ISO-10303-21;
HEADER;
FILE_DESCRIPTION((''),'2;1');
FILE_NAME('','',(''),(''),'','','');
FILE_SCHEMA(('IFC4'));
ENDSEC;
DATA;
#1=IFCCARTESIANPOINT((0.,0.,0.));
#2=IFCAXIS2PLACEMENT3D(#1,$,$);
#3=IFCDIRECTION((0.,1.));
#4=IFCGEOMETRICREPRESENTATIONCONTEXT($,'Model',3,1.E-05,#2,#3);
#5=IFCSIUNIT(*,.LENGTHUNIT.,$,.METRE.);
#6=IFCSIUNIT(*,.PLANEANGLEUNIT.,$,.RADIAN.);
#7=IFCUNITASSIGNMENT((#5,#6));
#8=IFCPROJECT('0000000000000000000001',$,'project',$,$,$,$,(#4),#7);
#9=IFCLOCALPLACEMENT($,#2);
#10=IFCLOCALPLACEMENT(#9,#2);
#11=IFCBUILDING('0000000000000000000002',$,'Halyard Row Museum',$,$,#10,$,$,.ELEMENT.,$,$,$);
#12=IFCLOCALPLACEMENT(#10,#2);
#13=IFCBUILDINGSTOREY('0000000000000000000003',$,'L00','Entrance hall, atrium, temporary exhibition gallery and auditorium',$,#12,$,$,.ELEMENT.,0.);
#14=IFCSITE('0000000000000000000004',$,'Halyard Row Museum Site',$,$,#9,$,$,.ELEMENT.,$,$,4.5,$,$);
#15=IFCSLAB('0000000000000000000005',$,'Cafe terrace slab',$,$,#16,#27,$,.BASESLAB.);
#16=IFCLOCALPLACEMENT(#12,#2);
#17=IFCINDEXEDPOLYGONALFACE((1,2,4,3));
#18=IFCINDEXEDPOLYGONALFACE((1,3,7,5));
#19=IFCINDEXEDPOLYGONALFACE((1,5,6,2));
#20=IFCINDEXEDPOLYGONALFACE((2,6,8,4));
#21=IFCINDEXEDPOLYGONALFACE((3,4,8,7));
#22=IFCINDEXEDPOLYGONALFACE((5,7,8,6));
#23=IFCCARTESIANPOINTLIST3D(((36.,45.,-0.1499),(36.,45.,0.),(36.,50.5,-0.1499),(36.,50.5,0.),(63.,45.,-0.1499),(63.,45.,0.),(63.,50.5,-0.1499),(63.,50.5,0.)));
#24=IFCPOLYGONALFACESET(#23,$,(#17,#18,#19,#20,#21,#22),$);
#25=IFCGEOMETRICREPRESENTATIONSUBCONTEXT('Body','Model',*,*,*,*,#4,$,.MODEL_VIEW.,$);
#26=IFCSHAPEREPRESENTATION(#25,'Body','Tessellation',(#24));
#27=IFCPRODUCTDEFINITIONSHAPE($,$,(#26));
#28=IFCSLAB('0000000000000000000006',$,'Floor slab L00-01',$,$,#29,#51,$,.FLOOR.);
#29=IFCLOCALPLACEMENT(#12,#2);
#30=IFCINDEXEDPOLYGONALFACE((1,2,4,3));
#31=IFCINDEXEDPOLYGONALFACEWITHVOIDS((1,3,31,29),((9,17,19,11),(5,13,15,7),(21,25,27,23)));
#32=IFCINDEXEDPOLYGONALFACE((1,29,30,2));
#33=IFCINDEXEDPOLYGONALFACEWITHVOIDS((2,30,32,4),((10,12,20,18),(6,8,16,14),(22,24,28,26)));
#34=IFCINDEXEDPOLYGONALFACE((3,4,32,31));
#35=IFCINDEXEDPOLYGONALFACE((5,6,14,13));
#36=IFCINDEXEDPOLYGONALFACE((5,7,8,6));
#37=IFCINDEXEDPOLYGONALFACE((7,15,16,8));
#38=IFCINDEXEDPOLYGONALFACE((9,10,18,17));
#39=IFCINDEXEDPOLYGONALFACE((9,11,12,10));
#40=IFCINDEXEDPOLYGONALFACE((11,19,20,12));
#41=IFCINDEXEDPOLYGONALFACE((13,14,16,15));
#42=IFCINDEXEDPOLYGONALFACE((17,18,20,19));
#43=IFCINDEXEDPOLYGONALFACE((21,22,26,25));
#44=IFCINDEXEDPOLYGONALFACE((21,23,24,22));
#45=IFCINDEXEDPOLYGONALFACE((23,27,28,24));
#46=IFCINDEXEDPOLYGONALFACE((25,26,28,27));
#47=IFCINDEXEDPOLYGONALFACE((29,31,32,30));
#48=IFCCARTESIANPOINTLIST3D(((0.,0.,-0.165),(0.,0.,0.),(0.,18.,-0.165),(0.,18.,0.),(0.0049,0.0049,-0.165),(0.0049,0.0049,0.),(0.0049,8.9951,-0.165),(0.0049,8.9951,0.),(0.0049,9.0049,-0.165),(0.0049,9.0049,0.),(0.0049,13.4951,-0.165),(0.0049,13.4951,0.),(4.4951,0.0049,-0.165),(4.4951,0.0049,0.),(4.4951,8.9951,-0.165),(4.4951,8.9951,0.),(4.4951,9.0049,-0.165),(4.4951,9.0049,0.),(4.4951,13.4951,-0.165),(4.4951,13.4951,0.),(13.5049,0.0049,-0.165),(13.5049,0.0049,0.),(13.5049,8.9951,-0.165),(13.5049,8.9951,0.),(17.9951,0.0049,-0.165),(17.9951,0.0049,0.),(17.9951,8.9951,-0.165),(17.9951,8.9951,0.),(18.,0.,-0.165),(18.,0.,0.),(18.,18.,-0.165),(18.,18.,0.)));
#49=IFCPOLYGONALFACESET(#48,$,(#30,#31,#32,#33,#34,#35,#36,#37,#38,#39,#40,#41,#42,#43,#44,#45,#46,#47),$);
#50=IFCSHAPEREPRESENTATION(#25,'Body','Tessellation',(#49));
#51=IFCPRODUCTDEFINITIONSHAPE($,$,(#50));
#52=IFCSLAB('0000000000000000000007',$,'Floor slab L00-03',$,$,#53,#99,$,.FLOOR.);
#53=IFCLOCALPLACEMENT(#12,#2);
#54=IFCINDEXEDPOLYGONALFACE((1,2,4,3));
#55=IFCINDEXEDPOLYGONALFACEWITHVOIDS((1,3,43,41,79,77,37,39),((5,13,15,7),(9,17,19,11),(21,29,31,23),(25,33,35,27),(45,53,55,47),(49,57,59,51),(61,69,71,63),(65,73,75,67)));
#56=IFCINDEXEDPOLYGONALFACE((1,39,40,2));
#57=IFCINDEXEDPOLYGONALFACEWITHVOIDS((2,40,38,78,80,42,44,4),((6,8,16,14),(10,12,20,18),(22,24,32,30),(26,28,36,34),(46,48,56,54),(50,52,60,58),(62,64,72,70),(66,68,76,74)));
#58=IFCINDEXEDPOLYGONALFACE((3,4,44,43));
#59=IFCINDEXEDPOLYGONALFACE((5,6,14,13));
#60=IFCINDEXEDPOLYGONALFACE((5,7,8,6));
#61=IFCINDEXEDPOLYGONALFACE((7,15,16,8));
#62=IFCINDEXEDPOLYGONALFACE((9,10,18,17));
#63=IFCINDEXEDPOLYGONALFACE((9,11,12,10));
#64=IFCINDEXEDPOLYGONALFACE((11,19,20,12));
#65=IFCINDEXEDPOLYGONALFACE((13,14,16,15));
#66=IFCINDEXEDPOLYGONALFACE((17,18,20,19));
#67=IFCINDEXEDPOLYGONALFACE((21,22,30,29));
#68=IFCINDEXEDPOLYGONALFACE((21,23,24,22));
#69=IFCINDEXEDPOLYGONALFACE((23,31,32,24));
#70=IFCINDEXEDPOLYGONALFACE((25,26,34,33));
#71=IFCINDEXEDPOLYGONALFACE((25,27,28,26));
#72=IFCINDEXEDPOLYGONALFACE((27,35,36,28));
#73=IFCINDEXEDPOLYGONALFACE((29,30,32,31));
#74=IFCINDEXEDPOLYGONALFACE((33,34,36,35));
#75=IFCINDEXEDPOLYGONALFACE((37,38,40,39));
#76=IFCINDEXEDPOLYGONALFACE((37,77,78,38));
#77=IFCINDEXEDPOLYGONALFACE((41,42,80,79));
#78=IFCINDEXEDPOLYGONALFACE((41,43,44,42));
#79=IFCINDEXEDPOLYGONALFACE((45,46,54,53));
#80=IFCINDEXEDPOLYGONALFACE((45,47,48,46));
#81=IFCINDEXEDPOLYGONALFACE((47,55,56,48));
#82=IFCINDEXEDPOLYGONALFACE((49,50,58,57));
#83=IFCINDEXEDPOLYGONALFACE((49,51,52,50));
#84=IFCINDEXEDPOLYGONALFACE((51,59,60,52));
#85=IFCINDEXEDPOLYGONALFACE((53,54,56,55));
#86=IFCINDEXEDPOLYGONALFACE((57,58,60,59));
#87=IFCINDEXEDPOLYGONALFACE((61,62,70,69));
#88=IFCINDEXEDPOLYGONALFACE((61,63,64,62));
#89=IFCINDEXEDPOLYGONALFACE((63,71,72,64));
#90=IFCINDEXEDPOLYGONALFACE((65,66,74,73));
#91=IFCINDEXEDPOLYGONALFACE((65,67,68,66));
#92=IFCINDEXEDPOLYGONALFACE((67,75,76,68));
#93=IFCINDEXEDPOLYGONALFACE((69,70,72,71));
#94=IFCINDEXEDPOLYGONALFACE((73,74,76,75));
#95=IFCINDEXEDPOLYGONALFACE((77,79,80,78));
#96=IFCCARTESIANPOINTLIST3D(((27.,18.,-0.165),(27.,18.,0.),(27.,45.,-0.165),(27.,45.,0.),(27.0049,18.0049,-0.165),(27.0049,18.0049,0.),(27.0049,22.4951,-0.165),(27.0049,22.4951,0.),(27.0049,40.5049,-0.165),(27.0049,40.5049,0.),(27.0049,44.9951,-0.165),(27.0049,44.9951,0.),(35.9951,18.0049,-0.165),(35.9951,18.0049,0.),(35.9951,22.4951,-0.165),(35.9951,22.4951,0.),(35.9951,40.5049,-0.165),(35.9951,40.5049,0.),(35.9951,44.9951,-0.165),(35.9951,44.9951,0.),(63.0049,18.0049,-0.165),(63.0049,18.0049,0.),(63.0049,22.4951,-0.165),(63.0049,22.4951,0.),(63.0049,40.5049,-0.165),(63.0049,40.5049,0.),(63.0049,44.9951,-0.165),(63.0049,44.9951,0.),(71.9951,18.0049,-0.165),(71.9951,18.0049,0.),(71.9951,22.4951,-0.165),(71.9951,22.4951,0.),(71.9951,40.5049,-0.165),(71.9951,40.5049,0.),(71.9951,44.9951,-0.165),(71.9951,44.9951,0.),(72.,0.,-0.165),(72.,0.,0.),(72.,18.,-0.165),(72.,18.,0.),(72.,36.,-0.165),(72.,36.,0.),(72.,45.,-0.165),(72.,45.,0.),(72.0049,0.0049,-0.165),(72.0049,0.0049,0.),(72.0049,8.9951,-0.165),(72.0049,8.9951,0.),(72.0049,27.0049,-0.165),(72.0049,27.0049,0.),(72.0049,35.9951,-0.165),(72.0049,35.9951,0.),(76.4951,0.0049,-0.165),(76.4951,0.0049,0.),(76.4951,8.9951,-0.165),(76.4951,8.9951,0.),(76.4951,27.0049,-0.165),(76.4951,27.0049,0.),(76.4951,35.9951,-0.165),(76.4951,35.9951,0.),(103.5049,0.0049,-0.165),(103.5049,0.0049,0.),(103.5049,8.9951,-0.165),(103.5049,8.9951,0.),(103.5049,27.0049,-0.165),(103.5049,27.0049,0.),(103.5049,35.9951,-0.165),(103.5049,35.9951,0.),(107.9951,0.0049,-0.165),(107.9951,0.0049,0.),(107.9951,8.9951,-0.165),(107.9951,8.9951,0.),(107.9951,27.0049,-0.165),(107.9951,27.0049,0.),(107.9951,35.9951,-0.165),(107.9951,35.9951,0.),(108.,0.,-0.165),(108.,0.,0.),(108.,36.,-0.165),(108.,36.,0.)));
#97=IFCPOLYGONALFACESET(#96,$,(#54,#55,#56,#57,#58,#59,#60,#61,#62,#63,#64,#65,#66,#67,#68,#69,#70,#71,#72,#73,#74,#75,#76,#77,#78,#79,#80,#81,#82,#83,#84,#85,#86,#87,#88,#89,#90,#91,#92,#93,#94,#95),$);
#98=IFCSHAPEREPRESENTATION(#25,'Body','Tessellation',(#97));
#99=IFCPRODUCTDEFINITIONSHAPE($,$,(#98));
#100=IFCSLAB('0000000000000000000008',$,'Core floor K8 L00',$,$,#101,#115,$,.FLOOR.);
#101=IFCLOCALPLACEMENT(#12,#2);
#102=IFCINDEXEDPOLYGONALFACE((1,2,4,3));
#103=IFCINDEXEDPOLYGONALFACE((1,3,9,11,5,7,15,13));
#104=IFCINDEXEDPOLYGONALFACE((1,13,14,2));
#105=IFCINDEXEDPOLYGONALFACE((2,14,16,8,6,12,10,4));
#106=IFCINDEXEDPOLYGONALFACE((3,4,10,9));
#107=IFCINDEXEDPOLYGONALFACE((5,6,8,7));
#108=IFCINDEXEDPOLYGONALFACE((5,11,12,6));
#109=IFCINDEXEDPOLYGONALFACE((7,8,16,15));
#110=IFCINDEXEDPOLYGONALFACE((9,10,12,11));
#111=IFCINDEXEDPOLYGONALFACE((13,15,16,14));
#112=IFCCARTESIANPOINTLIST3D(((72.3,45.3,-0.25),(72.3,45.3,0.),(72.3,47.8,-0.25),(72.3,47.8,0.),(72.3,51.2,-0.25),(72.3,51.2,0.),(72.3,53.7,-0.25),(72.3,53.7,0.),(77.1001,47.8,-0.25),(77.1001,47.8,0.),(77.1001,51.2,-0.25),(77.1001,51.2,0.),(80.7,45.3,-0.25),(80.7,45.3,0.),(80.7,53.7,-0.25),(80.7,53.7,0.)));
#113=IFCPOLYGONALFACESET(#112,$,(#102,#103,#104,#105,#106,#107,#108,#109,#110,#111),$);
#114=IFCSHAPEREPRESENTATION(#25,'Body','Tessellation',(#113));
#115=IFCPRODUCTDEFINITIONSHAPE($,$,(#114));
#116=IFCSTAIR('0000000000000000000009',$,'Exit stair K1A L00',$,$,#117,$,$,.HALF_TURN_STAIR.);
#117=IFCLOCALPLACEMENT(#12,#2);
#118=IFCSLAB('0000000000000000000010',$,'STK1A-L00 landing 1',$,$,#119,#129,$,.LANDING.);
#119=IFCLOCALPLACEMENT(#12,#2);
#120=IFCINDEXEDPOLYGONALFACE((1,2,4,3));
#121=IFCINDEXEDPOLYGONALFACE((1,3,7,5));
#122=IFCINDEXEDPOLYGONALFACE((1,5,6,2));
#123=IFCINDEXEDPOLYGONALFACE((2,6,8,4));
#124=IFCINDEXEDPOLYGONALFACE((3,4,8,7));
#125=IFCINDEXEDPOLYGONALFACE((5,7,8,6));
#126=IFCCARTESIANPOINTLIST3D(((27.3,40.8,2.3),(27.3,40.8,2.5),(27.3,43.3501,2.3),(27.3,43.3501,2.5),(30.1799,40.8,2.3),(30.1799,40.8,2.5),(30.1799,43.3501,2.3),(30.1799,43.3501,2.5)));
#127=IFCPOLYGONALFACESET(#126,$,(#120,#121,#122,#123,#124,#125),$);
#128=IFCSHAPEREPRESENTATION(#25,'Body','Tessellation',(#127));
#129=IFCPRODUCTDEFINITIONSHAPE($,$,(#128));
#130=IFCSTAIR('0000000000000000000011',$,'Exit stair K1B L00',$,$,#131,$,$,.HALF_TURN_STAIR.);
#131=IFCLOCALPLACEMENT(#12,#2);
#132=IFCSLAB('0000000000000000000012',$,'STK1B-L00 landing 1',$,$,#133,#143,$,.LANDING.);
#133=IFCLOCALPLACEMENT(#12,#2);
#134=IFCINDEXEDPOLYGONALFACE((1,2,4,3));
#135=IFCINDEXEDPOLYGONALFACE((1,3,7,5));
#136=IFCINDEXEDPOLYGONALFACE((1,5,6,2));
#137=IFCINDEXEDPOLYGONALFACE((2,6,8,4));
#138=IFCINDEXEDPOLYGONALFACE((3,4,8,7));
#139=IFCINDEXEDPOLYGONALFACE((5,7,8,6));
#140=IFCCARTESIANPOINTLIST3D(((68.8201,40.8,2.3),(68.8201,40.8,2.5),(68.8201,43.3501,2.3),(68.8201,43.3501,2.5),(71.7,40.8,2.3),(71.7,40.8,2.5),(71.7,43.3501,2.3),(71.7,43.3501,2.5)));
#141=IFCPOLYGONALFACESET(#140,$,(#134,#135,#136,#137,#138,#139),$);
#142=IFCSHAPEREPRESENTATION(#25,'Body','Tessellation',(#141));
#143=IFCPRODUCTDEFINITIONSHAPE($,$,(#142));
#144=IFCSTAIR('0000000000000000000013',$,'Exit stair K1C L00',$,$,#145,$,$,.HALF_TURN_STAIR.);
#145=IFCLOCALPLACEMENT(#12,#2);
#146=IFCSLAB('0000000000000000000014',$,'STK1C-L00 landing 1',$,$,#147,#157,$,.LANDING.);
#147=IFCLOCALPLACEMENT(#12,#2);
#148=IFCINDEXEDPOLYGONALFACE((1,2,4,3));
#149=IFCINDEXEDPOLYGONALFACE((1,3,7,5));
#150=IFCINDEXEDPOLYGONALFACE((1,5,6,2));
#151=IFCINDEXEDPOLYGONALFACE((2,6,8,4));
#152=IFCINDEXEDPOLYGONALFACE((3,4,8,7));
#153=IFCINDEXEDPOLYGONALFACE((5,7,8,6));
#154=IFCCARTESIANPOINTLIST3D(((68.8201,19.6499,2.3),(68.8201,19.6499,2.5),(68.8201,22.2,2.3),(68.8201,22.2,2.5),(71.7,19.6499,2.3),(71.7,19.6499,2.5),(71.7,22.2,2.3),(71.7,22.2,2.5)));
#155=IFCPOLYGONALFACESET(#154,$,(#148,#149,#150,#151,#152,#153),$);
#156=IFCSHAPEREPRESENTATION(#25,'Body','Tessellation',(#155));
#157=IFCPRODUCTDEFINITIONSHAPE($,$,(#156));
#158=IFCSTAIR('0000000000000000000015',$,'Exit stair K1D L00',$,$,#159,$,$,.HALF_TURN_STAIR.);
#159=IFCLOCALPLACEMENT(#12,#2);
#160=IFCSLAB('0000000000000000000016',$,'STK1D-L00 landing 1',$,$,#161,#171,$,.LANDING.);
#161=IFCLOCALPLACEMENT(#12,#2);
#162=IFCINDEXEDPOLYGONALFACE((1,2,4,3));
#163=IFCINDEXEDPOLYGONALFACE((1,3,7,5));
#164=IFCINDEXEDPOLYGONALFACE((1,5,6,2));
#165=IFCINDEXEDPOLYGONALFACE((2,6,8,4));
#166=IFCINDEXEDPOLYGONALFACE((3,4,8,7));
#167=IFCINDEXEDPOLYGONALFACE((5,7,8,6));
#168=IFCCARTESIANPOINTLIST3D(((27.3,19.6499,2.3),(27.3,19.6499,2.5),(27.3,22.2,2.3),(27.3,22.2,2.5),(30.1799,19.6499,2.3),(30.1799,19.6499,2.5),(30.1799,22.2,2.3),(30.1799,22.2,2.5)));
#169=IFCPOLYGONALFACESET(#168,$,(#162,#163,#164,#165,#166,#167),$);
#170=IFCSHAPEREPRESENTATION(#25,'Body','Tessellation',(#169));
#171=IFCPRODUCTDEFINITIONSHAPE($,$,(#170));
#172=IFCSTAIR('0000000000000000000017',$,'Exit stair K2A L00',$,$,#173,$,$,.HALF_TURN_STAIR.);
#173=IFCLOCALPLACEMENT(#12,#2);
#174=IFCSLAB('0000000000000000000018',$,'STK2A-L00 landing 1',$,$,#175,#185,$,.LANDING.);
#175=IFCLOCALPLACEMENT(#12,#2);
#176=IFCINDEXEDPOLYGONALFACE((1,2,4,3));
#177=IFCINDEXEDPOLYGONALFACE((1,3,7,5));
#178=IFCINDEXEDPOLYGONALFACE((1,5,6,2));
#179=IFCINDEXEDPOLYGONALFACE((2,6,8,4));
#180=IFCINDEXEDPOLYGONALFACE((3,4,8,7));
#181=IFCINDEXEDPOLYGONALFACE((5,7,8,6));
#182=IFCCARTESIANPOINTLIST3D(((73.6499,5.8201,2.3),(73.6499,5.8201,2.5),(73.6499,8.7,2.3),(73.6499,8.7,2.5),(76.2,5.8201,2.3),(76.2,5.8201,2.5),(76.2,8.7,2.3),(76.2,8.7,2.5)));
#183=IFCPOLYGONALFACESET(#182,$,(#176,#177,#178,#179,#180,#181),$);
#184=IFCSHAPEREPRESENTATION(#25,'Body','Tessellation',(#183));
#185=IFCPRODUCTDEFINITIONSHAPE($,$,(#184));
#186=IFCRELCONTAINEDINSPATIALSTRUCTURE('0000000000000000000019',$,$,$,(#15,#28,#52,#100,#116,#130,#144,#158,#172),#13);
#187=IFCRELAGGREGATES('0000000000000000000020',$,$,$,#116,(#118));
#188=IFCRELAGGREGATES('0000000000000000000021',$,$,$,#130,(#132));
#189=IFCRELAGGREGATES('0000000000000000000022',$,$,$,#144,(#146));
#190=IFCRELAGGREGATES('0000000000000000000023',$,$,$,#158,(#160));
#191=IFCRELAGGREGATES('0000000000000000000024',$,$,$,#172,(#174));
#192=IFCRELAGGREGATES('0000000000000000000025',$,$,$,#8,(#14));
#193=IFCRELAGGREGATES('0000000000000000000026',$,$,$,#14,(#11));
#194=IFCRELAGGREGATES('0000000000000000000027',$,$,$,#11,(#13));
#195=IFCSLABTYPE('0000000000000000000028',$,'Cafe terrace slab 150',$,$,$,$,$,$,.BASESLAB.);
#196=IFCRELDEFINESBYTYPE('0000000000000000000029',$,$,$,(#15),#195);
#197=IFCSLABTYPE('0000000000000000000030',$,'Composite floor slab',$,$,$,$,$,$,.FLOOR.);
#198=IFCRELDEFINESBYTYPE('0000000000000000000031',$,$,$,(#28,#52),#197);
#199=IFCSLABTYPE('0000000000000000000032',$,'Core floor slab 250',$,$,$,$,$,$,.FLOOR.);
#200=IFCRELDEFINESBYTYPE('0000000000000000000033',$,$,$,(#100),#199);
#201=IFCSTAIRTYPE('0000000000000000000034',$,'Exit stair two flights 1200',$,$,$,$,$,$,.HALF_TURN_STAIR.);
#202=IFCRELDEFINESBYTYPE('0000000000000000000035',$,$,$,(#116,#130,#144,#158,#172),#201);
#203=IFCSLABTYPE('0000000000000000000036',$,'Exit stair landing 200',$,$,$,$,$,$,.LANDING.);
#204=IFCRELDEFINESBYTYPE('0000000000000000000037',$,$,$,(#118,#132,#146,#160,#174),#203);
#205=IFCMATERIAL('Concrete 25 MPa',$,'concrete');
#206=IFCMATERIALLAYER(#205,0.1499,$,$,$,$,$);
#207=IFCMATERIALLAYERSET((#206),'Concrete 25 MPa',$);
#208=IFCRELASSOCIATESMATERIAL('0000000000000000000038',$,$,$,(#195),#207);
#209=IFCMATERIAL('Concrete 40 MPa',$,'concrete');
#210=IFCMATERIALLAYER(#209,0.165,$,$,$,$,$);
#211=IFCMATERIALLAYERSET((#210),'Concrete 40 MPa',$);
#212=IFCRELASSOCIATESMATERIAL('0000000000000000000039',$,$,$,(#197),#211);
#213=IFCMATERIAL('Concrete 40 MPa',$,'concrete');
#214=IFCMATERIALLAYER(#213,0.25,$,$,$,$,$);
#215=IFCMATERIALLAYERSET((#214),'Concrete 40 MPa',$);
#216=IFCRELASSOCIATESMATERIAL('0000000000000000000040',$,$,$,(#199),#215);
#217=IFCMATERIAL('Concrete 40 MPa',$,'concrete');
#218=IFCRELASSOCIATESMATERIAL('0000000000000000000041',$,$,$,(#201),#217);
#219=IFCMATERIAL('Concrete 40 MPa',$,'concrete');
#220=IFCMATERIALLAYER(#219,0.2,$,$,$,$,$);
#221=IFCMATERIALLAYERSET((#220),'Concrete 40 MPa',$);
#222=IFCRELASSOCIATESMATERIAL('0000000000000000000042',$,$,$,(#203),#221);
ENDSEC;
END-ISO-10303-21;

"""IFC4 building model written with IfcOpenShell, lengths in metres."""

from ifc_helpers import new_model, si_unit, direction, frame, origin, place, context, subcontext, project, spatial, polyline, outline, extrude, material, layer, layer_set, type_object, element, aggregate, save


model = new_model("IFC4")

# Units and contexts
model_context = context("Model", 3, precision=1e-05, world=origin(), true_north=direction((0.0, 1.0)))
body_context = subcontext(model_context, "Body", "Model", "MODEL_VIEW")
ifc_project = project(units=[si_unit("LENGTHUNIT", "METRE"), si_unit("PLANEANGLEUNIT", "RADIAN")], contexts=[model_context])

# Site, building, storey
site_placement = place(None, origin())
site = spatial("IfcSite", under=ifc_project, at=site_placement, Name="Halyard Row Museum Site", CompositionType="ELEMENT", RefElevation=4.5)
building_placement = place(site_placement, origin())
building = spatial("IfcBuilding", under=site, at=building_placement, Name="Halyard Row Museum", CompositionType="ELEMENT")
storey_placement = place(building_placement, origin())
storey = spatial("IfcBuildingStorey", under=building, at=storey_placement, Name="L00", Description="Entrance hall, atrium, temporary exhibition gallery and auditorium", CompositionType="ELEMENT", Elevation=0.0)

# Slabs
ifc_material_1 = material(Name="Concrete 25 MPa", Category="concrete")
ifc_layer_1 = layer(ifc_material_1, 0.1499)
ifc_layer_set_1 = layer_set([ifc_layer_1], Name="Concrete 25 MPa")
slab_type_1 = type_object("IfcSlabType", Name="Cafe terrace slab 150", PredefinedType="BASESLAB", material=ifc_layer_set_1)
slab_1_placement = place(storey_placement, frame((0.0, 0.0, -0.1499)))
element("IfcSlab", 1, at=slab_1_placement, inside=storey, type_object=slab_type_1, Name="Cafe terrace slab", PredefinedType="BASESLAB", context=body_context, shape_type="SweptSolid", body=[
    extrude(outline(polyline([(36.0, 45.0), (63.0, 45.0), (63.0, 50.5), (36.0, 50.5), (36.0, 45.0)])), origin(), (0.0, 0.0, 1.0), 0.1499),
])
ifc_material_2 = material(Name="Concrete 40 MPa", Category="concrete")
ifc_layer_2 = layer(ifc_material_2, 0.165)
ifc_layer_set_2 = layer_set([ifc_layer_2], Name="Concrete 40 MPa")
slab_type_2 = type_object("IfcSlabType", Name="Composite floor slab", PredefinedType="FLOOR", material=ifc_layer_set_2)
slab_2_placement = place(storey_placement, frame((0.0, 0.0, -0.165)))
element("IfcSlab", 2, at=slab_2_placement, inside=storey, type_object=slab_type_2, Name="Floor slab L00-01", PredefinedType="FLOOR", context=body_context, shape_type="SweptSolid", body=[
    extrude(outline(polyline([(0.0, 0.0), (18.0, 0.0), (18.0, 18.0), (0.0, 18.0), (0.0, 0.0)]), holes=[polyline([(0.0049, 0.0049), (0.0049, 8.9951), (4.4951, 8.9951), (4.4951, 0.0049), (0.0049, 0.0049)]), polyline([(13.5049, 0.0049), (13.5049, 8.9951), (17.9951, 8.9951), (17.9951, 0.0049), (13.5049, 0.0049)]), polyline([(0.0049, 9.0049), (0.0049, 13.4951), (4.4951, 13.4951), (4.4951, 9.0049), (0.0049, 9.0049)])]), origin(), (0.0, 0.0, 1.0), 0.165),
])
slab_3_placement = place(storey_placement, frame((0.0, 0.0, -0.165)))
element("IfcSlab", 3, at=slab_3_placement, inside=storey, type_object=slab_type_2, Name="Floor slab L00-03", PredefinedType="FLOOR", context=body_context, shape_type="SweptSolid", body=[
    extrude(outline(polyline([(72.0, 45.0), (27.0, 45.0), (27.0, 18.0), (72.0, 18.0), (72.0, 0.0), (108.0, 0.0), (108.0, 36.0), (72.0, 36.0), (72.0, 45.0)]), holes=[polyline([(27.0049, 18.0049), (27.0049, 22.4951), (35.9951, 22.4951), (35.9951, 18.0049), (27.0049, 18.0049)]), polyline([(27.0049, 40.5049), (27.0049, 44.9951), (35.9951, 44.9951), (35.9951, 40.5049), (27.0049, 40.5049)]), polyline([(63.0049, 40.5049), (63.0049, 44.9951), (71.9951, 44.9951), (71.9951, 40.5049), (63.0049, 40.5049)]), polyline([(72.0049, 0.0049), (72.0049, 8.9951), (76.4951, 8.9951), (76.4951, 0.0049), (72.0049, 0.0049)]), polyline([(103.5049, 0.0049), (103.5049, 8.9951), (107.9951, 8.9951), (107.9951, 0.0049), (103.5049, 0.0049)]), polyline([(63.0049, 18.0049), (63.0049, 22.4951), (71.9951, 22.4951), (71.9951, 18.0049), (63.0049, 18.0049)]), polyline([(72.0049, 27.0049), (72.0049, 35.9951), (76.4951, 35.9951), (76.4951, 27.0049), (72.0049, 27.0049)]), polyline([(103.5049, 27.0049), (103.5049, 35.9951), (107.9951, 35.9951), (107.9951, 27.0049), (103.5049, 27.0049)])]), origin(), (0.0, 0.0, 1.0), 0.165),
])
ifc_material_3 = material(Name="Concrete 40 MPa", Category="concrete")
ifc_layer_3 = layer(ifc_material_3, 0.25)
ifc_layer_set_3 = layer_set([ifc_layer_3], Name="Concrete 40 MPa")
slab_type_3 = type_object("IfcSlabType", Name="Core floor slab 250", PredefinedType="FLOOR", material=ifc_layer_set_3)
slab_4_placement = place(storey_placement, frame((0.0, 0.0, -0.25)))
element("IfcSlab", 4, at=slab_4_placement, inside=storey, type_object=slab_type_3, Name="Core floor K8 L00", PredefinedType="FLOOR", context=body_context, shape_type="SweptSolid", body=[
    extrude(outline(polyline([(80.7, 53.7), (72.3, 53.7), (72.3, 51.2), (77.1001, 51.2), (77.1001, 47.8), (72.3, 47.8), (72.3, 45.3), (80.7, 45.3), (80.7, 53.7)])), origin(), (0.0, 0.0, 1.0), 0.25),
])

# Stairs, slabs
ifc_material_4 = material(Name="Concrete 40 MPa", Category="concrete")
stair_type_1 = type_object("IfcStairType", Name="Exit stair two flights 1200", PredefinedType="HALF_TURN_STAIR", material=ifc_material_4)
stair_1_placement = place(storey_placement, origin())
stair_1 = element("IfcStair", 5, at=stair_1_placement, inside=storey, type_object=stair_type_1, Name="Exit stair K1A L00", PredefinedType="HALF_TURN_STAIR")
ifc_material_5 = material(Name="Concrete 40 MPa", Category="concrete")
ifc_layer_4 = layer(ifc_material_5, 0.2)
ifc_layer_set_4 = layer_set([ifc_layer_4], Name="Concrete 40 MPa")
slab_type_4 = type_object("IfcSlabType", Name="Exit stair landing 200", PredefinedType="LANDING", material=ifc_layer_set_4)
slab_5_placement = place(storey_placement, frame((0.0, 0.0, 2.3)))
slab_5 = element("IfcSlab", 6, at=slab_5_placement, type_object=slab_type_4, Name="STK1A-L00 landing 1", PredefinedType="LANDING", context=body_context, shape_type="SweptSolid", body=[
    extrude(outline(polyline([(30.1799, 43.3501), (30.1799, 40.8), (27.3, 40.8), (27.3, 43.3501), (30.1799, 43.3501)])), origin(), (0.0, 0.0, 1.0), 0.2),
])
aggregate(stair_1, [slab_5])
stair_2_placement = place(storey_placement, origin())
stair_2 = element("IfcStair", 7, at=stair_2_placement, inside=storey, type_object=stair_type_1, Name="Exit stair K1B L00", PredefinedType="HALF_TURN_STAIR")
slab_6_placement = place(storey_placement, frame((0.0, 0.0, 2.3)))
slab_6 = element("IfcSlab", 8, at=slab_6_placement, type_object=slab_type_4, Name="STK1B-L00 landing 1", PredefinedType="LANDING", context=body_context, shape_type="SweptSolid", body=[
    extrude(outline(polyline([(68.8201, 43.3501), (68.8201, 40.8), (71.7, 40.8), (71.7, 43.3501), (68.8201, 43.3501)])), origin(), (0.0, 0.0, 1.0), 0.2),
])
aggregate(stair_2, [slab_6])
stair_3_placement = place(storey_placement, origin())
stair_3 = element("IfcStair", 9, at=stair_3_placement, inside=storey, type_object=stair_type_1, Name="Exit stair K1C L00", PredefinedType="HALF_TURN_STAIR")
slab_7_placement = place(storey_placement, frame((0.0, 0.0, 2.3)))
slab_7 = element("IfcSlab", 10, at=slab_7_placement, type_object=slab_type_4, Name="STK1C-L00 landing 1", PredefinedType="LANDING", context=body_context, shape_type="SweptSolid", body=[
    extrude(outline(polyline([(68.8201, 19.6499), (68.8201, 22.2), (71.7, 22.2), (71.7, 19.6499), (68.8201, 19.6499)])), origin(), (0.0, 0.0, 1.0), 0.2),
])
aggregate(stair_3, [slab_7])
stair_4_placement = place(storey_placement, origin())
stair_4 = element("IfcStair", 11, at=stair_4_placement, inside=storey, type_object=stair_type_1, Name="Exit stair K1D L00", PredefinedType="HALF_TURN_STAIR")
slab_8_placement = place(storey_placement, frame((0.0, 0.0, 2.3)))
slab_8 = element("IfcSlab", 12, at=slab_8_placement, type_object=slab_type_4, Name="STK1D-L00 landing 1", PredefinedType="LANDING", context=body_context, shape_type="SweptSolid", body=[
    extrude(outline(polyline([(30.1799, 19.6499), (30.1799, 22.2), (27.3, 22.2), (27.3, 19.6499), (30.1799, 19.6499)])), origin(), (0.0, 0.0, 1.0), 0.2),
])
aggregate(stair_4, [slab_8])
stair_5_placement = place(storey_placement, origin())
stair_5 = element("IfcStair", 13, at=stair_5_placement, inside=storey, type_object=stair_type_1, Name="Exit stair K2A L00", PredefinedType="HALF_TURN_STAIR")
slab_9_placement = place(storey_placement, frame((0.0, 0.0, 2.3)))
slab_9 = element("IfcSlab", 14, at=slab_9_placement, type_object=slab_type_4, Name="STK2A-L00 landing 1", PredefinedType="LANDING", context=body_context, shape_type="SweptSolid", body=[
    extrude(outline(polyline([(73.6499, 5.8201), (76.2, 5.8201), (76.2, 8.7), (73.6499, 8.7), (73.6499, 5.8201)])), origin(), (0.0, 0.0, 1.0), 0.2),
])
aggregate(stair_5, [slab_9])

save(model, "model.ifc")
